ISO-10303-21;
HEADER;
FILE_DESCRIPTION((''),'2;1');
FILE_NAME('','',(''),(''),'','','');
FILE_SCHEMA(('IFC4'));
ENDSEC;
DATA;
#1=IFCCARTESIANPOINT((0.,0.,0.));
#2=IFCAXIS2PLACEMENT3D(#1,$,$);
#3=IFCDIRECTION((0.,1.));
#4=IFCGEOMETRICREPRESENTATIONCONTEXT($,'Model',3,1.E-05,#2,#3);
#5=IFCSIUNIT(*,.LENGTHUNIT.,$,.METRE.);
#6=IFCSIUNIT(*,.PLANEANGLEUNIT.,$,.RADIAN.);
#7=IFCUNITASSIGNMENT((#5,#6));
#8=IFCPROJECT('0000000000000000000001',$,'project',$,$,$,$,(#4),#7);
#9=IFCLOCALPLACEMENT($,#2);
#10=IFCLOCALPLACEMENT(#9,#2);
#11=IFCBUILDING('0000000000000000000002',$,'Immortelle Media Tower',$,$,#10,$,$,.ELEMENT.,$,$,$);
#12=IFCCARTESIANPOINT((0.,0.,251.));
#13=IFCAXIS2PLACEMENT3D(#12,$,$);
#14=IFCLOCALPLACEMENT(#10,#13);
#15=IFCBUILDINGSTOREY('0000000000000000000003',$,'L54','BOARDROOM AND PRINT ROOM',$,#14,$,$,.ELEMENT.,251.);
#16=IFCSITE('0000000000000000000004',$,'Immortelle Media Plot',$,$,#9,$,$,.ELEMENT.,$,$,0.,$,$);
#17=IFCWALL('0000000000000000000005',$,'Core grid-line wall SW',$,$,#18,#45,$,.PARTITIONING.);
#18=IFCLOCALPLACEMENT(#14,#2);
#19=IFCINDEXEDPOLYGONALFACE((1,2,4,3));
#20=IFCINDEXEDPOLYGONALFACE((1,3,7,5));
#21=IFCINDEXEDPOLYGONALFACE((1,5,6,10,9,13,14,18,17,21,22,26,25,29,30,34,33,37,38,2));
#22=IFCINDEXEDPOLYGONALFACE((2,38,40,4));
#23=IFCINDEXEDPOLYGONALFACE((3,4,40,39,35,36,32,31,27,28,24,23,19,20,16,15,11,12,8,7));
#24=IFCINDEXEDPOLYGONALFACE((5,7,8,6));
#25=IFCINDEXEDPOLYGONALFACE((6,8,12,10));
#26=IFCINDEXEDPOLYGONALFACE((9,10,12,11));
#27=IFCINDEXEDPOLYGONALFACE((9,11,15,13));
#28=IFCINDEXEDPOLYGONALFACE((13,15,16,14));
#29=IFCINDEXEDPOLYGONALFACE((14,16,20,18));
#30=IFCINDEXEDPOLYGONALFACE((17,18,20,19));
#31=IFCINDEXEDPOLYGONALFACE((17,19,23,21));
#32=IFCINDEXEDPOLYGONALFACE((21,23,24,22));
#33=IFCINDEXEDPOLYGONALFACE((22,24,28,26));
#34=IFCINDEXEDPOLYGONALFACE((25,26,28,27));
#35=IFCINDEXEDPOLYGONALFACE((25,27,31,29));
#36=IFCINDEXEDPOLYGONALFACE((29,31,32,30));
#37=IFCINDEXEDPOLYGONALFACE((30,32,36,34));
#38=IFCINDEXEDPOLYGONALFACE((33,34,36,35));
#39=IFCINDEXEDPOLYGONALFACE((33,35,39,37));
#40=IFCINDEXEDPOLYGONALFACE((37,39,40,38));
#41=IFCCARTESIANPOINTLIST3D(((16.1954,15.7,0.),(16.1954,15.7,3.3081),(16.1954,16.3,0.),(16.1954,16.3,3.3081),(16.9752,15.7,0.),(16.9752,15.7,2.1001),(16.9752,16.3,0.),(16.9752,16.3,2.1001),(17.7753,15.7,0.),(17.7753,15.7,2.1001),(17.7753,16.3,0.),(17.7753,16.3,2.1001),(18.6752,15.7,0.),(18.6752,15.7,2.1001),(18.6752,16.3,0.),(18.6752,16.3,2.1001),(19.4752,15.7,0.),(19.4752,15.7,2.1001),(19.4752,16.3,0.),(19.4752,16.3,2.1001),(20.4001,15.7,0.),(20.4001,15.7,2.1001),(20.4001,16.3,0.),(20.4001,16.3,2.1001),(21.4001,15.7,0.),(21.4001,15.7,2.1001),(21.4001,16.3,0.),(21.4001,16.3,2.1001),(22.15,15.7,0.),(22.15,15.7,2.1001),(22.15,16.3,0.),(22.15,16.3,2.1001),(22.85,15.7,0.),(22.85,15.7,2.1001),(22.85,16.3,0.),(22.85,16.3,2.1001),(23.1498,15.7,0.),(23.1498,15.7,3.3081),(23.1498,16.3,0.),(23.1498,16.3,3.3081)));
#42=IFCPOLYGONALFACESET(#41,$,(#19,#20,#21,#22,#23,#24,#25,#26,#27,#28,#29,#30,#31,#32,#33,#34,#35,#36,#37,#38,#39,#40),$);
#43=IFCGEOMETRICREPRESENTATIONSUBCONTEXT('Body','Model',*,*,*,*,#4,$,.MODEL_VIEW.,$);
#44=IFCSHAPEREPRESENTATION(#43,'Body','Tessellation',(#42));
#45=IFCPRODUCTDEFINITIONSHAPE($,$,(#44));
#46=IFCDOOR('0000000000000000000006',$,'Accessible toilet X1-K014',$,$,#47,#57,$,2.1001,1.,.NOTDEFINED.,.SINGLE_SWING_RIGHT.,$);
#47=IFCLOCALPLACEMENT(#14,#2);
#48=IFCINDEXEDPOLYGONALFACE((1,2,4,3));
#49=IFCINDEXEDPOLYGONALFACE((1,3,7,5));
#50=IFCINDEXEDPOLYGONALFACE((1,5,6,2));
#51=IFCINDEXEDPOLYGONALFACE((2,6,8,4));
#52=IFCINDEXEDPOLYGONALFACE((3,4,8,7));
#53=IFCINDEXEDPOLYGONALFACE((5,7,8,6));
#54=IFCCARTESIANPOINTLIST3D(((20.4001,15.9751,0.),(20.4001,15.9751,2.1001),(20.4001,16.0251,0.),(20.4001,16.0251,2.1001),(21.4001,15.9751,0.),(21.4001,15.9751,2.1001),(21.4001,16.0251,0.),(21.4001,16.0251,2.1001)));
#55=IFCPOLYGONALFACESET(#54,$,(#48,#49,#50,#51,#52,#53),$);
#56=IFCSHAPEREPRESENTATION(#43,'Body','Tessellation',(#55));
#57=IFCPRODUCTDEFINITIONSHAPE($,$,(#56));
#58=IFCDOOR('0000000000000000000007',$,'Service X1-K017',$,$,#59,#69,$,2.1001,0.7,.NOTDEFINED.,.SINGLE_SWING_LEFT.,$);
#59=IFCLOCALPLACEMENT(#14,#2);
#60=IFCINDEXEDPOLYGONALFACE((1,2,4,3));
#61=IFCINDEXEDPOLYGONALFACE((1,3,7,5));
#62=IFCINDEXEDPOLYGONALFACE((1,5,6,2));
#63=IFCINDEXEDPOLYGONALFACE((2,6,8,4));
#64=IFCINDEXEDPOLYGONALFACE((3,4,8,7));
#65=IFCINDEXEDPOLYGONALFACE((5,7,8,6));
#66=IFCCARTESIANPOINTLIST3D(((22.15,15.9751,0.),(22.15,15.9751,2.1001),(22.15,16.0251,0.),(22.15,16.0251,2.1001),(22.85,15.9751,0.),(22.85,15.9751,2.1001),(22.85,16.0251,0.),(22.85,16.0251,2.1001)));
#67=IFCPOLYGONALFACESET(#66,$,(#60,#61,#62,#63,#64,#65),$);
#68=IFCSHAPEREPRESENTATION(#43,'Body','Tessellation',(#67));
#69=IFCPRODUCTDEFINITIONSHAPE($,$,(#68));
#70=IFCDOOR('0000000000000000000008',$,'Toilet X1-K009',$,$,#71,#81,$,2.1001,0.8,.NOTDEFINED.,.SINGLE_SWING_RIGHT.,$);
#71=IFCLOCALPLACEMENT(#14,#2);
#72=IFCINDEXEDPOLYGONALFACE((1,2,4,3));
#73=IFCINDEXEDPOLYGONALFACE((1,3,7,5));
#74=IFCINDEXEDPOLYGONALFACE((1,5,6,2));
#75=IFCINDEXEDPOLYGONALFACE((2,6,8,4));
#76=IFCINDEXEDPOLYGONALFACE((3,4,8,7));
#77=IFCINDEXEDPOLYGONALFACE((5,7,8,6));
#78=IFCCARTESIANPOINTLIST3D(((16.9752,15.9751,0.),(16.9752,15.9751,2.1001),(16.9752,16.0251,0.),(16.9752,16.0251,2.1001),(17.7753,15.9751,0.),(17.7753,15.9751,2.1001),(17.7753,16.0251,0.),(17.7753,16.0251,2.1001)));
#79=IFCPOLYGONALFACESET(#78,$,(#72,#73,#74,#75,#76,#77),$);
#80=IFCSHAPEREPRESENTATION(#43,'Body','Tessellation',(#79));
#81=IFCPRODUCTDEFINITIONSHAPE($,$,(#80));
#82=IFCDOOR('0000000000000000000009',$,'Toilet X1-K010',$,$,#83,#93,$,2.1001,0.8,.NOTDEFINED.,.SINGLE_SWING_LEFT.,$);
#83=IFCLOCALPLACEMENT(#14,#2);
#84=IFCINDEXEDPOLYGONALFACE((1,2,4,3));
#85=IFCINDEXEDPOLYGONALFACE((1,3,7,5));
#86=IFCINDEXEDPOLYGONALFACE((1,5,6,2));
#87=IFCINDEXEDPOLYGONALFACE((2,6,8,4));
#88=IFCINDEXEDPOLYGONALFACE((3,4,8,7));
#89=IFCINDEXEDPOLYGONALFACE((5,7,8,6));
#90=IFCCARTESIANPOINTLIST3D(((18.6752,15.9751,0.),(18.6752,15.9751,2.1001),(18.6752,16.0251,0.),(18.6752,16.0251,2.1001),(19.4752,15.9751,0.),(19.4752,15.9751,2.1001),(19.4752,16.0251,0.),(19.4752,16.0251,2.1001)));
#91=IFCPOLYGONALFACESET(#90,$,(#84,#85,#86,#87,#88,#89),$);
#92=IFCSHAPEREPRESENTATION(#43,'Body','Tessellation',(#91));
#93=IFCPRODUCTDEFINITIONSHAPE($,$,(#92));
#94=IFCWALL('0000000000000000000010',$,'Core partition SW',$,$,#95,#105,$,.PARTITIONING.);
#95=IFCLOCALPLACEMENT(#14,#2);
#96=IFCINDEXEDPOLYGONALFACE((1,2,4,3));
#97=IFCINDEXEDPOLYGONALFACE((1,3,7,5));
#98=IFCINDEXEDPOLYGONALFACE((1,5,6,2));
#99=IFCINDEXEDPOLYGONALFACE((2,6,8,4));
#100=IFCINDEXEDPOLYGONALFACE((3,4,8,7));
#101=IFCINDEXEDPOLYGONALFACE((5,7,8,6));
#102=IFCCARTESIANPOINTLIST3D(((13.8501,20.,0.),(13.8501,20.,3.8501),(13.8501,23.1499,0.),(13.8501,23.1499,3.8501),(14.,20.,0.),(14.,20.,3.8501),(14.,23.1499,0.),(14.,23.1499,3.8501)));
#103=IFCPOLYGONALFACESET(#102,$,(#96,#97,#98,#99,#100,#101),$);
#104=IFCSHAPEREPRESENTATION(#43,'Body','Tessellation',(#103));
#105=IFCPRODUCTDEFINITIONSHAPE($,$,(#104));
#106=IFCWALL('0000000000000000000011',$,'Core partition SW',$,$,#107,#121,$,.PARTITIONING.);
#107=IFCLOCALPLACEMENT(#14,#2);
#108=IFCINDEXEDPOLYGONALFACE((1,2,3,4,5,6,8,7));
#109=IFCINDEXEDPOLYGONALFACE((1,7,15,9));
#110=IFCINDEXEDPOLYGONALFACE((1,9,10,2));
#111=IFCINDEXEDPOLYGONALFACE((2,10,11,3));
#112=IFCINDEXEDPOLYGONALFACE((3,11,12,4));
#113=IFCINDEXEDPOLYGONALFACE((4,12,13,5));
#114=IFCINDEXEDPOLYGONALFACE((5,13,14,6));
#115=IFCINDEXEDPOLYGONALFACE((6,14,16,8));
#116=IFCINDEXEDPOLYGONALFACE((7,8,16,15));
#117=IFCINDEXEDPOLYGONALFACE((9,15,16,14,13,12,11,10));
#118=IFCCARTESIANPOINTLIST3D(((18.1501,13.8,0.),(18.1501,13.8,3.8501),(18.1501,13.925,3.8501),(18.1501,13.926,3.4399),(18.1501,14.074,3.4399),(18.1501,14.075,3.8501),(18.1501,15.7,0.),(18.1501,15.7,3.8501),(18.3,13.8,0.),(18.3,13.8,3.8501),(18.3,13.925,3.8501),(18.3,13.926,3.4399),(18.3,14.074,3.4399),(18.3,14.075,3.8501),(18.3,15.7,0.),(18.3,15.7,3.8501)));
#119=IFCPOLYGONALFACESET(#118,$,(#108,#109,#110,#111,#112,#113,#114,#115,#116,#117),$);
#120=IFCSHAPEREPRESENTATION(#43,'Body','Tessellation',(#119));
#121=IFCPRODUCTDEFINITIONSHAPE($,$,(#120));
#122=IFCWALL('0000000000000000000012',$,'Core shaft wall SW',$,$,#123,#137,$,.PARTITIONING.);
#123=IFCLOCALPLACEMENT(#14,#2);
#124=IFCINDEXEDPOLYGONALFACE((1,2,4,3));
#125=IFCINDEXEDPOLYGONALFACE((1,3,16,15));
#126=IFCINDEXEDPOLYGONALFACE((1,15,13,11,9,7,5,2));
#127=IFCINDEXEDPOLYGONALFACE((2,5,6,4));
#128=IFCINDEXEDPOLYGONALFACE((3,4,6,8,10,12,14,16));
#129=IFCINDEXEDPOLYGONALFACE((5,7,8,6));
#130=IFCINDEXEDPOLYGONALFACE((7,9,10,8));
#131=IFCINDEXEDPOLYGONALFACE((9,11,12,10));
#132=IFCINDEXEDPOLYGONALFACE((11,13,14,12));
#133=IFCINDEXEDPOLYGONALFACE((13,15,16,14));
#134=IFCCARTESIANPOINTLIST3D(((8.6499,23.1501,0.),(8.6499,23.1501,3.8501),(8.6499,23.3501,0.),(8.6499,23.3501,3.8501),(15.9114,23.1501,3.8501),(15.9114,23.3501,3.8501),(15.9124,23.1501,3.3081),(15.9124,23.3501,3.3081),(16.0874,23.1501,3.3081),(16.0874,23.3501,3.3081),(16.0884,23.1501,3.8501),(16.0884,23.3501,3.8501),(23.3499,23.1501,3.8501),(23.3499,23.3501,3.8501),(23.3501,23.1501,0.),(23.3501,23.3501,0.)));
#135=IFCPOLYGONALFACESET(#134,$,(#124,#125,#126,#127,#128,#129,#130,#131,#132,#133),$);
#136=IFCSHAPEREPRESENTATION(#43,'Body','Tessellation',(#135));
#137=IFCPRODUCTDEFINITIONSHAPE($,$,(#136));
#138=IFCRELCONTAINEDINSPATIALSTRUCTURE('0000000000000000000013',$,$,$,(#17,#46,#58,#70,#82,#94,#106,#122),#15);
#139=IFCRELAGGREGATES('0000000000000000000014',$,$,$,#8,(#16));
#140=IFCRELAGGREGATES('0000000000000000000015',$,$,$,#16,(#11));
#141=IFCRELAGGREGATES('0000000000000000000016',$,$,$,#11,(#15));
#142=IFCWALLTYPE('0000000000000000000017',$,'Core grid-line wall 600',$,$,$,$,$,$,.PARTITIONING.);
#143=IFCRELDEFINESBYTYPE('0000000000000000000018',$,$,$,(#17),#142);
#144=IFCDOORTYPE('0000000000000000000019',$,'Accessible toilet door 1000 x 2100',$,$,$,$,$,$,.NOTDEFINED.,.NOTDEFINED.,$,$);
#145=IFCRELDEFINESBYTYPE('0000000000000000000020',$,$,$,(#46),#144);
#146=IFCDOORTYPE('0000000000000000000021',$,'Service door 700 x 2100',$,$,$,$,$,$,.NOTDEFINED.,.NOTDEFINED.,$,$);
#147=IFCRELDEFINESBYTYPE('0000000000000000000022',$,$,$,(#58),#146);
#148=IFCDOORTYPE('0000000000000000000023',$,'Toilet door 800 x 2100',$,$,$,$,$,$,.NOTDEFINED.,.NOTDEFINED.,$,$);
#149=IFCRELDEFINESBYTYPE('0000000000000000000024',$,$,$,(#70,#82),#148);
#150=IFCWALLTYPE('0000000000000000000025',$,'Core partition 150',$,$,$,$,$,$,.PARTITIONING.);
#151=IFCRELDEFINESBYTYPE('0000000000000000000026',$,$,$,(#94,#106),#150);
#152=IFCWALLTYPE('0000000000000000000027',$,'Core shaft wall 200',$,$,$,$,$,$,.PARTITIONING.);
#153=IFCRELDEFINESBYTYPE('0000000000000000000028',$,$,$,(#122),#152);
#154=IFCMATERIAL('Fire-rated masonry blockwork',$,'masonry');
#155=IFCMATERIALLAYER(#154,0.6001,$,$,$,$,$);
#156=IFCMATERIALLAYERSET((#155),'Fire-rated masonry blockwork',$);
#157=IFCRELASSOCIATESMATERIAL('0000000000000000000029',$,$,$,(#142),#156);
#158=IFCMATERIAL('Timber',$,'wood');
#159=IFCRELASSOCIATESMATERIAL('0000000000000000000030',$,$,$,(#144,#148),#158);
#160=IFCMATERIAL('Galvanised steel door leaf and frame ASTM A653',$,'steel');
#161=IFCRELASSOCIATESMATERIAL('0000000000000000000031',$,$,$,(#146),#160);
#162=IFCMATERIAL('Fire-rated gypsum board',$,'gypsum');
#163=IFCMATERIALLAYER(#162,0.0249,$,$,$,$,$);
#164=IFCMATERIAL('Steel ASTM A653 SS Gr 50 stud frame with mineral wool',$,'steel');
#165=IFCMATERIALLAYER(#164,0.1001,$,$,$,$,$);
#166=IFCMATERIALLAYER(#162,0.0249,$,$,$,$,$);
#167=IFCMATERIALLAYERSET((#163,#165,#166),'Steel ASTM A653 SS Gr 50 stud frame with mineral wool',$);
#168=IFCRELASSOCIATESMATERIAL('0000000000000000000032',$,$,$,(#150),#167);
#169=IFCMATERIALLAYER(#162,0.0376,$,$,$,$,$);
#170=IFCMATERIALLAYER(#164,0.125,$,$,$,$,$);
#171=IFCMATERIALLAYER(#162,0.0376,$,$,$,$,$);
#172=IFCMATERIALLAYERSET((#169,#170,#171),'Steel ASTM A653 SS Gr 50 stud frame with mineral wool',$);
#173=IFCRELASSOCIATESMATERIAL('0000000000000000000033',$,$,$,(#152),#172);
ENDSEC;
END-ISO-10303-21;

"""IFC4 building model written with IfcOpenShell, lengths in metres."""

from ifc_helpers import new_model, si_unit, direction, frame, frame_2d, origin, place, context, subcontext, project, spatial, polyline, rectangle, outline, extrude, material, layer, layer_set, type_object, element, fill, save


model = new_model("IFC4")

# Units and contexts
model_context = context("Model", 3, precision=1e-05, world=origin(), true_north=direction((0.0, 1.0)))
body_context = subcontext(model_context, "Body", "Model", "MODEL_VIEW")
ifc_project = project(units=[si_unit("LENGTHUNIT", "METRE"), si_unit("PLANEANGLEUNIT", "RADIAN")], contexts=[model_context])

# Site, building, storey
site_placement = place(None, origin())
site = spatial("IfcSite", under=ifc_project, at=site_placement, Name="Immortelle Media Plot", CompositionType="ELEMENT", RefElevation=0.0)
building_placement = place(site_placement, origin())
building = spatial("IfcBuilding", under=site, at=building_placement, Name="Immortelle Media Tower", CompositionType="ELEMENT")
storey_placement = place(building_placement, frame((0.0, 0.0, 251.0)))
storey = spatial("IfcBuildingStorey", under=building, at=storey_placement, Name="L54", Description="BOARDROOM AND PRINT ROOM", CompositionType="ELEMENT", Elevation=251.0)

# Wall, openings, doors
ifc_material_1 = material(Name="Fire-rated masonry blockwork", Category="masonry")
ifc_layer_1 = layer(ifc_material_1, 0.6001)
ifc_layer_set_1 = layer_set([ifc_layer_1], Name="Fire-rated masonry blockwork")
wall_type_1 = type_object("IfcWallType", Name="Core grid-line wall 600", PredefinedType="PARTITIONING", material=ifc_layer_set_1)
wall_1_placement = place(storey_placement, frame((16.1956, 16.0, 0.0), z_axis=(0.0, 0.0, 1.0), x_axis=(1.0, 0.0, 0.0)))
wall_1 = element("IfcWall", 1, at=wall_1_placement, inside=storey, type_object=wall_type_1, Name="Core grid-line wall SW", PredefinedType="PARTITIONING", context=body_context, shape_type="SweptSolid", body=[
    extrude(rectangle(XDim=6.9543, YDim=0.6001, at=frame_2d((3.4771, 0.0))), origin(), (0.0, 0.0, 1.0), 3.3081),
])
opening_1_placement = place(wall_1_placement, frame((1.5796, 0.0, 0.0), z_axis=(0.0, 0.0, 1.0), x_axis=(-1.0, 0.0, 0.0)))
opening_1 = element("IfcOpeningElement", 2, at=opening_1_placement, cuts=wall_1, PredefinedType="OPENING", context=body_context, shape_type="SweptSolid", body=[
    extrude(rectangle(XDim=0.8, YDim=2.1001, at=frame_2d((0.3999, 1.05))), frame((0.0, 0.3101, 0.0), z_axis=(0.0, -1.0, 0.0), x_axis=(1.0, 0.0, 0.0)), (0.0, 0.0, 1.0), 0.6201),
])
opening_2_placement = place(wall_1_placement, frame((3.2795, 0.0, 0.0), z_axis=(0.0, 0.0, 1.0), x_axis=(-1.0, 0.0, 0.0)))
opening_2 = element("IfcOpeningElement", 3, at=opening_2_placement, cuts=wall_1, PredefinedType="OPENING", context=body_context, shape_type="SweptSolid", body=[
    extrude(rectangle(XDim=0.8, YDim=2.1001, at=frame_2d((0.3999, 1.05))), frame((0.0, 0.3101, 0.0), z_axis=(0.0, -1.0, 0.0), x_axis=(1.0, 0.0, 0.0)), (0.0, 0.0, 1.0), 0.6201),
])
opening_3_placement = place(wall_1_placement, frame((5.2046, 0.0, 0.0), z_axis=(0.0, 0.0, 1.0), x_axis=(-1.0, 0.0, 0.0)))
opening_3 = element("IfcOpeningElement", 4, at=opening_3_placement, cuts=wall_1, PredefinedType="OPENING", context=body_context, shape_type="SweptSolid", body=[
    extrude(rectangle(XDim=1.0, YDim=2.1001, at=frame_2d((0.5, 1.05))), frame((0.0, 0.3101, 0.0), z_axis=(0.0, -1.0, 0.0), x_axis=(1.0, 0.0, 0.0)), (0.0, 0.0, 1.0), 0.6201),
])
opening_4_placement = place(wall_1_placement, frame((6.6545, 0.0, 0.0), z_axis=(0.0, 0.0, 1.0), x_axis=(-1.0, 0.0, 0.0)))
opening_4 = element("IfcOpeningElement", 5, at=opening_4_placement, cuts=wall_1, PredefinedType="OPENING", context=body_context, shape_type="SweptSolid", body=[
    extrude(rectangle(XDim=0.7, YDim=2.1001, at=frame_2d((0.3501, 1.05))), frame((0.0, 0.3101, 0.0), z_axis=(0.0, -1.0, 0.0), x_axis=(1.0, 0.0, 0.0)), (0.0, 0.0, 1.0), 0.6201),
])
ifc_material_2 = material(Name="Timber", Category="wood")
door_type_1 = type_object("IfcDoorType", Name="Accessible toilet door 1000 x 2100", OperationType="NOTDEFINED", PredefinedType="NOTDEFINED", material=ifc_material_2)
door_1_placement = place(opening_3_placement, origin())
door_1 = element("IfcDoor", 6, at=door_1_placement, inside=storey, type_object=door_type_1, Name="Accessible toilet X1-K014", OperationType="SINGLE_SWING_RIGHT", OverallHeight=2.1001, OverallWidth=1.0, PredefinedType="NOTDEFINED", context=body_context, shape_type="SweptSolid", body=[
    extrude(rectangle(XDim=1.0, YDim=2.1001, at=frame_2d((0.5, 1.05))), frame((0.0, 0.0249, 0.0), z_axis=(0.0, -1.0, 0.0), x_axis=(1.0, 0.0, 0.0)), (0.0, 0.0, 1.0), 0.05),
])
fill(opening_3, door_1)
ifc_material_3 = material(Name="Galvanised steel door leaf and frame ASTM A653", Category="steel")
door_type_2 = type_object("IfcDoorType", Name="Service door 700 x 2100", OperationType="NOTDEFINED", PredefinedType="NOTDEFINED", material=ifc_material_3)
door_2_placement = place(opening_4_placement, origin())
door_2 = element("IfcDoor", 7, at=door_2_placement, inside=storey, type_object=door_type_2, Name="Service X1-K017", OperationType="SINGLE_SWING_LEFT", OverallHeight=2.1001, OverallWidth=0.7, PredefinedType="NOTDEFINED", context=body_context, shape_type="SweptSolid", body=[
    extrude(rectangle(XDim=0.7, YDim=2.1001, at=frame_2d((0.3501, 1.05))), frame((0.0, 0.0249, 0.0), z_axis=(0.0, -1.0, 0.0), x_axis=(1.0, 0.0, 0.0)), (0.0, 0.0, 1.0), 0.05),
])
fill(opening_4, door_2)
door_type_3 = type_object("IfcDoorType", Name="Toilet door 800 x 2100", OperationType="NOTDEFINED", PredefinedType="NOTDEFINED", material=ifc_material_2)
door_3_placement = place(opening_1_placement, origin())
door_3 = element("IfcDoor", 8, at=door_3_placement, inside=storey, type_object=door_type_3, Name="Toilet X1-K009", OperationType="SINGLE_SWING_RIGHT", OverallHeight=2.1001, OverallWidth=0.8, PredefinedType="NOTDEFINED", context=body_context, shape_type="SweptSolid", body=[
    extrude(rectangle(XDim=0.8, YDim=2.1001, at=frame_2d((0.3999, 1.05))), frame((0.0, 0.0249, 0.0), z_axis=(0.0, -1.0, 0.0), x_axis=(1.0, 0.0, 0.0)), (0.0, 0.0, 1.0), 0.05),
])
fill(opening_1, door_3)
door_4_placement = place(opening_2_placement, origin())
door_4 = element("IfcDoor", 9, at=door_4_placement, inside=storey, type_object=door_type_3, Name="Toilet X1-K010", OperationType="SINGLE_SWING_LEFT", OverallHeight=2.1001, OverallWidth=0.8, PredefinedType="NOTDEFINED", context=body_context, shape_type="SweptSolid", body=[
    extrude(rectangle(XDim=0.8, YDim=2.1001, at=frame_2d((0.3999, 1.05))), frame((0.0, 0.0249, 0.0), z_axis=(0.0, -1.0, 0.0), x_axis=(1.0, 0.0, 0.0)), (0.0, 0.0, 1.0), 0.05),
])
fill(opening_2, door_4)

# Walls
ifc_material_4 = material(Name="Fire-rated gypsum board", Category="gypsum")
ifc_layer_2 = layer(ifc_material_4, 0.0249)
ifc_material_5 = material(Name="Steel ASTM A653 SS Gr 50 stud frame with mineral wool", Category="steel")
ifc_layer_3 = layer(ifc_material_5, 0.1001)
ifc_layer_4 = layer(ifc_material_4, 0.0249)
ifc_layer_set_2 = layer_set([ifc_layer_2, ifc_layer_3, ifc_layer_4], Name="Steel ASTM A653 SS Gr 50 stud frame with mineral wool")
wall_type_2 = type_object("IfcWallType", Name="Core partition 150", PredefinedType="PARTITIONING", material=ifc_layer_set_2)
wall_2_placement = place(storey_placement, frame((13.925, 20.0, 0.0), z_axis=(0.0, 0.0, 1.0), x_axis=(0.0, 1.0, 0.0)))
element("IfcWall", 10, at=wall_2_placement, inside=storey, type_object=wall_type_2, Name="Core partition SW", PredefinedType="PARTITIONING", context=body_context, shape_type="SweptSolid", body=[
    extrude(rectangle(XDim=3.1499, YDim=0.1499, at=frame_2d((1.575, 0.0))), origin(), (0.0, 0.0, 1.0), 3.8501),
])
wall_3_placement = place(storey_placement, frame((18.2251, 13.8, 0.0), z_axis=(0.0, 0.0, 1.0), x_axis=(0.0, 1.0, 0.0)))
element("IfcWall", 11, at=wall_3_placement, inside=storey, type_object=wall_type_2, Name="Core partition SW", PredefinedType="PARTITIONING", context=body_context, shape_type="SweptSolid", body=[
    extrude(outline(polyline([(0.0, 0.0), (1.8999, 0.0), (1.8999, 3.8501), (0.2749, 3.8501), (0.2739, 3.4399), (0.126, 3.4399), (0.125, 3.8501), (0.0, 3.8501), (0.0, 0.0)])), frame((0.0, 0.075, 0.0), z_axis=(0.0, -1.0, 0.0), x_axis=(1.0, 0.0, 0.0)), (0.0, 0.0, 1.0), 0.1499),
])
ifc_layer_5 = layer(ifc_material_4, 0.0376)
ifc_layer_6 = layer(ifc_material_5, 0.125)
ifc_layer_7 = layer(ifc_material_4, 0.0376)
ifc_layer_set_3 = layer_set([ifc_layer_5, ifc_layer_6, ifc_layer_7], Name="Steel ASTM A653 SS Gr 50 stud frame with mineral wool")
wall_type_3 = type_object("IfcWallType", Name="Core shaft wall 200", PredefinedType="PARTITIONING", material=ifc_layer_set_3)
wall_4_placement = place(storey_placement, frame((8.6499, 23.25, 0.0), z_axis=(0.0, 0.0, 1.0), x_axis=(1.0, 0.0, 0.0)))
element("IfcWall", 12, at=wall_4_placement, inside=storey, type_object=wall_type_3, Name="Core shaft wall SW", PredefinedType="PARTITIONING", context=body_context, shape_type="SweptSolid", body=[
    extrude(outline(polyline([(0.0, 0.0), (14.7002, 0.0), (14.7, 3.8501), (7.4385, 3.8501), (7.4375, 3.3081), (7.2625, 3.3081), (7.2615, 3.8501), (0.0, 3.8501), (0.0, 0.0)])), frame((0.0, 0.1001, 0.0), z_axis=(0.0, -1.0, 0.0), x_axis=(1.0, 0.0, 0.0)), (0.0, 0.0, 1.0), 0.2),
])

save(model, "model.ifc")
